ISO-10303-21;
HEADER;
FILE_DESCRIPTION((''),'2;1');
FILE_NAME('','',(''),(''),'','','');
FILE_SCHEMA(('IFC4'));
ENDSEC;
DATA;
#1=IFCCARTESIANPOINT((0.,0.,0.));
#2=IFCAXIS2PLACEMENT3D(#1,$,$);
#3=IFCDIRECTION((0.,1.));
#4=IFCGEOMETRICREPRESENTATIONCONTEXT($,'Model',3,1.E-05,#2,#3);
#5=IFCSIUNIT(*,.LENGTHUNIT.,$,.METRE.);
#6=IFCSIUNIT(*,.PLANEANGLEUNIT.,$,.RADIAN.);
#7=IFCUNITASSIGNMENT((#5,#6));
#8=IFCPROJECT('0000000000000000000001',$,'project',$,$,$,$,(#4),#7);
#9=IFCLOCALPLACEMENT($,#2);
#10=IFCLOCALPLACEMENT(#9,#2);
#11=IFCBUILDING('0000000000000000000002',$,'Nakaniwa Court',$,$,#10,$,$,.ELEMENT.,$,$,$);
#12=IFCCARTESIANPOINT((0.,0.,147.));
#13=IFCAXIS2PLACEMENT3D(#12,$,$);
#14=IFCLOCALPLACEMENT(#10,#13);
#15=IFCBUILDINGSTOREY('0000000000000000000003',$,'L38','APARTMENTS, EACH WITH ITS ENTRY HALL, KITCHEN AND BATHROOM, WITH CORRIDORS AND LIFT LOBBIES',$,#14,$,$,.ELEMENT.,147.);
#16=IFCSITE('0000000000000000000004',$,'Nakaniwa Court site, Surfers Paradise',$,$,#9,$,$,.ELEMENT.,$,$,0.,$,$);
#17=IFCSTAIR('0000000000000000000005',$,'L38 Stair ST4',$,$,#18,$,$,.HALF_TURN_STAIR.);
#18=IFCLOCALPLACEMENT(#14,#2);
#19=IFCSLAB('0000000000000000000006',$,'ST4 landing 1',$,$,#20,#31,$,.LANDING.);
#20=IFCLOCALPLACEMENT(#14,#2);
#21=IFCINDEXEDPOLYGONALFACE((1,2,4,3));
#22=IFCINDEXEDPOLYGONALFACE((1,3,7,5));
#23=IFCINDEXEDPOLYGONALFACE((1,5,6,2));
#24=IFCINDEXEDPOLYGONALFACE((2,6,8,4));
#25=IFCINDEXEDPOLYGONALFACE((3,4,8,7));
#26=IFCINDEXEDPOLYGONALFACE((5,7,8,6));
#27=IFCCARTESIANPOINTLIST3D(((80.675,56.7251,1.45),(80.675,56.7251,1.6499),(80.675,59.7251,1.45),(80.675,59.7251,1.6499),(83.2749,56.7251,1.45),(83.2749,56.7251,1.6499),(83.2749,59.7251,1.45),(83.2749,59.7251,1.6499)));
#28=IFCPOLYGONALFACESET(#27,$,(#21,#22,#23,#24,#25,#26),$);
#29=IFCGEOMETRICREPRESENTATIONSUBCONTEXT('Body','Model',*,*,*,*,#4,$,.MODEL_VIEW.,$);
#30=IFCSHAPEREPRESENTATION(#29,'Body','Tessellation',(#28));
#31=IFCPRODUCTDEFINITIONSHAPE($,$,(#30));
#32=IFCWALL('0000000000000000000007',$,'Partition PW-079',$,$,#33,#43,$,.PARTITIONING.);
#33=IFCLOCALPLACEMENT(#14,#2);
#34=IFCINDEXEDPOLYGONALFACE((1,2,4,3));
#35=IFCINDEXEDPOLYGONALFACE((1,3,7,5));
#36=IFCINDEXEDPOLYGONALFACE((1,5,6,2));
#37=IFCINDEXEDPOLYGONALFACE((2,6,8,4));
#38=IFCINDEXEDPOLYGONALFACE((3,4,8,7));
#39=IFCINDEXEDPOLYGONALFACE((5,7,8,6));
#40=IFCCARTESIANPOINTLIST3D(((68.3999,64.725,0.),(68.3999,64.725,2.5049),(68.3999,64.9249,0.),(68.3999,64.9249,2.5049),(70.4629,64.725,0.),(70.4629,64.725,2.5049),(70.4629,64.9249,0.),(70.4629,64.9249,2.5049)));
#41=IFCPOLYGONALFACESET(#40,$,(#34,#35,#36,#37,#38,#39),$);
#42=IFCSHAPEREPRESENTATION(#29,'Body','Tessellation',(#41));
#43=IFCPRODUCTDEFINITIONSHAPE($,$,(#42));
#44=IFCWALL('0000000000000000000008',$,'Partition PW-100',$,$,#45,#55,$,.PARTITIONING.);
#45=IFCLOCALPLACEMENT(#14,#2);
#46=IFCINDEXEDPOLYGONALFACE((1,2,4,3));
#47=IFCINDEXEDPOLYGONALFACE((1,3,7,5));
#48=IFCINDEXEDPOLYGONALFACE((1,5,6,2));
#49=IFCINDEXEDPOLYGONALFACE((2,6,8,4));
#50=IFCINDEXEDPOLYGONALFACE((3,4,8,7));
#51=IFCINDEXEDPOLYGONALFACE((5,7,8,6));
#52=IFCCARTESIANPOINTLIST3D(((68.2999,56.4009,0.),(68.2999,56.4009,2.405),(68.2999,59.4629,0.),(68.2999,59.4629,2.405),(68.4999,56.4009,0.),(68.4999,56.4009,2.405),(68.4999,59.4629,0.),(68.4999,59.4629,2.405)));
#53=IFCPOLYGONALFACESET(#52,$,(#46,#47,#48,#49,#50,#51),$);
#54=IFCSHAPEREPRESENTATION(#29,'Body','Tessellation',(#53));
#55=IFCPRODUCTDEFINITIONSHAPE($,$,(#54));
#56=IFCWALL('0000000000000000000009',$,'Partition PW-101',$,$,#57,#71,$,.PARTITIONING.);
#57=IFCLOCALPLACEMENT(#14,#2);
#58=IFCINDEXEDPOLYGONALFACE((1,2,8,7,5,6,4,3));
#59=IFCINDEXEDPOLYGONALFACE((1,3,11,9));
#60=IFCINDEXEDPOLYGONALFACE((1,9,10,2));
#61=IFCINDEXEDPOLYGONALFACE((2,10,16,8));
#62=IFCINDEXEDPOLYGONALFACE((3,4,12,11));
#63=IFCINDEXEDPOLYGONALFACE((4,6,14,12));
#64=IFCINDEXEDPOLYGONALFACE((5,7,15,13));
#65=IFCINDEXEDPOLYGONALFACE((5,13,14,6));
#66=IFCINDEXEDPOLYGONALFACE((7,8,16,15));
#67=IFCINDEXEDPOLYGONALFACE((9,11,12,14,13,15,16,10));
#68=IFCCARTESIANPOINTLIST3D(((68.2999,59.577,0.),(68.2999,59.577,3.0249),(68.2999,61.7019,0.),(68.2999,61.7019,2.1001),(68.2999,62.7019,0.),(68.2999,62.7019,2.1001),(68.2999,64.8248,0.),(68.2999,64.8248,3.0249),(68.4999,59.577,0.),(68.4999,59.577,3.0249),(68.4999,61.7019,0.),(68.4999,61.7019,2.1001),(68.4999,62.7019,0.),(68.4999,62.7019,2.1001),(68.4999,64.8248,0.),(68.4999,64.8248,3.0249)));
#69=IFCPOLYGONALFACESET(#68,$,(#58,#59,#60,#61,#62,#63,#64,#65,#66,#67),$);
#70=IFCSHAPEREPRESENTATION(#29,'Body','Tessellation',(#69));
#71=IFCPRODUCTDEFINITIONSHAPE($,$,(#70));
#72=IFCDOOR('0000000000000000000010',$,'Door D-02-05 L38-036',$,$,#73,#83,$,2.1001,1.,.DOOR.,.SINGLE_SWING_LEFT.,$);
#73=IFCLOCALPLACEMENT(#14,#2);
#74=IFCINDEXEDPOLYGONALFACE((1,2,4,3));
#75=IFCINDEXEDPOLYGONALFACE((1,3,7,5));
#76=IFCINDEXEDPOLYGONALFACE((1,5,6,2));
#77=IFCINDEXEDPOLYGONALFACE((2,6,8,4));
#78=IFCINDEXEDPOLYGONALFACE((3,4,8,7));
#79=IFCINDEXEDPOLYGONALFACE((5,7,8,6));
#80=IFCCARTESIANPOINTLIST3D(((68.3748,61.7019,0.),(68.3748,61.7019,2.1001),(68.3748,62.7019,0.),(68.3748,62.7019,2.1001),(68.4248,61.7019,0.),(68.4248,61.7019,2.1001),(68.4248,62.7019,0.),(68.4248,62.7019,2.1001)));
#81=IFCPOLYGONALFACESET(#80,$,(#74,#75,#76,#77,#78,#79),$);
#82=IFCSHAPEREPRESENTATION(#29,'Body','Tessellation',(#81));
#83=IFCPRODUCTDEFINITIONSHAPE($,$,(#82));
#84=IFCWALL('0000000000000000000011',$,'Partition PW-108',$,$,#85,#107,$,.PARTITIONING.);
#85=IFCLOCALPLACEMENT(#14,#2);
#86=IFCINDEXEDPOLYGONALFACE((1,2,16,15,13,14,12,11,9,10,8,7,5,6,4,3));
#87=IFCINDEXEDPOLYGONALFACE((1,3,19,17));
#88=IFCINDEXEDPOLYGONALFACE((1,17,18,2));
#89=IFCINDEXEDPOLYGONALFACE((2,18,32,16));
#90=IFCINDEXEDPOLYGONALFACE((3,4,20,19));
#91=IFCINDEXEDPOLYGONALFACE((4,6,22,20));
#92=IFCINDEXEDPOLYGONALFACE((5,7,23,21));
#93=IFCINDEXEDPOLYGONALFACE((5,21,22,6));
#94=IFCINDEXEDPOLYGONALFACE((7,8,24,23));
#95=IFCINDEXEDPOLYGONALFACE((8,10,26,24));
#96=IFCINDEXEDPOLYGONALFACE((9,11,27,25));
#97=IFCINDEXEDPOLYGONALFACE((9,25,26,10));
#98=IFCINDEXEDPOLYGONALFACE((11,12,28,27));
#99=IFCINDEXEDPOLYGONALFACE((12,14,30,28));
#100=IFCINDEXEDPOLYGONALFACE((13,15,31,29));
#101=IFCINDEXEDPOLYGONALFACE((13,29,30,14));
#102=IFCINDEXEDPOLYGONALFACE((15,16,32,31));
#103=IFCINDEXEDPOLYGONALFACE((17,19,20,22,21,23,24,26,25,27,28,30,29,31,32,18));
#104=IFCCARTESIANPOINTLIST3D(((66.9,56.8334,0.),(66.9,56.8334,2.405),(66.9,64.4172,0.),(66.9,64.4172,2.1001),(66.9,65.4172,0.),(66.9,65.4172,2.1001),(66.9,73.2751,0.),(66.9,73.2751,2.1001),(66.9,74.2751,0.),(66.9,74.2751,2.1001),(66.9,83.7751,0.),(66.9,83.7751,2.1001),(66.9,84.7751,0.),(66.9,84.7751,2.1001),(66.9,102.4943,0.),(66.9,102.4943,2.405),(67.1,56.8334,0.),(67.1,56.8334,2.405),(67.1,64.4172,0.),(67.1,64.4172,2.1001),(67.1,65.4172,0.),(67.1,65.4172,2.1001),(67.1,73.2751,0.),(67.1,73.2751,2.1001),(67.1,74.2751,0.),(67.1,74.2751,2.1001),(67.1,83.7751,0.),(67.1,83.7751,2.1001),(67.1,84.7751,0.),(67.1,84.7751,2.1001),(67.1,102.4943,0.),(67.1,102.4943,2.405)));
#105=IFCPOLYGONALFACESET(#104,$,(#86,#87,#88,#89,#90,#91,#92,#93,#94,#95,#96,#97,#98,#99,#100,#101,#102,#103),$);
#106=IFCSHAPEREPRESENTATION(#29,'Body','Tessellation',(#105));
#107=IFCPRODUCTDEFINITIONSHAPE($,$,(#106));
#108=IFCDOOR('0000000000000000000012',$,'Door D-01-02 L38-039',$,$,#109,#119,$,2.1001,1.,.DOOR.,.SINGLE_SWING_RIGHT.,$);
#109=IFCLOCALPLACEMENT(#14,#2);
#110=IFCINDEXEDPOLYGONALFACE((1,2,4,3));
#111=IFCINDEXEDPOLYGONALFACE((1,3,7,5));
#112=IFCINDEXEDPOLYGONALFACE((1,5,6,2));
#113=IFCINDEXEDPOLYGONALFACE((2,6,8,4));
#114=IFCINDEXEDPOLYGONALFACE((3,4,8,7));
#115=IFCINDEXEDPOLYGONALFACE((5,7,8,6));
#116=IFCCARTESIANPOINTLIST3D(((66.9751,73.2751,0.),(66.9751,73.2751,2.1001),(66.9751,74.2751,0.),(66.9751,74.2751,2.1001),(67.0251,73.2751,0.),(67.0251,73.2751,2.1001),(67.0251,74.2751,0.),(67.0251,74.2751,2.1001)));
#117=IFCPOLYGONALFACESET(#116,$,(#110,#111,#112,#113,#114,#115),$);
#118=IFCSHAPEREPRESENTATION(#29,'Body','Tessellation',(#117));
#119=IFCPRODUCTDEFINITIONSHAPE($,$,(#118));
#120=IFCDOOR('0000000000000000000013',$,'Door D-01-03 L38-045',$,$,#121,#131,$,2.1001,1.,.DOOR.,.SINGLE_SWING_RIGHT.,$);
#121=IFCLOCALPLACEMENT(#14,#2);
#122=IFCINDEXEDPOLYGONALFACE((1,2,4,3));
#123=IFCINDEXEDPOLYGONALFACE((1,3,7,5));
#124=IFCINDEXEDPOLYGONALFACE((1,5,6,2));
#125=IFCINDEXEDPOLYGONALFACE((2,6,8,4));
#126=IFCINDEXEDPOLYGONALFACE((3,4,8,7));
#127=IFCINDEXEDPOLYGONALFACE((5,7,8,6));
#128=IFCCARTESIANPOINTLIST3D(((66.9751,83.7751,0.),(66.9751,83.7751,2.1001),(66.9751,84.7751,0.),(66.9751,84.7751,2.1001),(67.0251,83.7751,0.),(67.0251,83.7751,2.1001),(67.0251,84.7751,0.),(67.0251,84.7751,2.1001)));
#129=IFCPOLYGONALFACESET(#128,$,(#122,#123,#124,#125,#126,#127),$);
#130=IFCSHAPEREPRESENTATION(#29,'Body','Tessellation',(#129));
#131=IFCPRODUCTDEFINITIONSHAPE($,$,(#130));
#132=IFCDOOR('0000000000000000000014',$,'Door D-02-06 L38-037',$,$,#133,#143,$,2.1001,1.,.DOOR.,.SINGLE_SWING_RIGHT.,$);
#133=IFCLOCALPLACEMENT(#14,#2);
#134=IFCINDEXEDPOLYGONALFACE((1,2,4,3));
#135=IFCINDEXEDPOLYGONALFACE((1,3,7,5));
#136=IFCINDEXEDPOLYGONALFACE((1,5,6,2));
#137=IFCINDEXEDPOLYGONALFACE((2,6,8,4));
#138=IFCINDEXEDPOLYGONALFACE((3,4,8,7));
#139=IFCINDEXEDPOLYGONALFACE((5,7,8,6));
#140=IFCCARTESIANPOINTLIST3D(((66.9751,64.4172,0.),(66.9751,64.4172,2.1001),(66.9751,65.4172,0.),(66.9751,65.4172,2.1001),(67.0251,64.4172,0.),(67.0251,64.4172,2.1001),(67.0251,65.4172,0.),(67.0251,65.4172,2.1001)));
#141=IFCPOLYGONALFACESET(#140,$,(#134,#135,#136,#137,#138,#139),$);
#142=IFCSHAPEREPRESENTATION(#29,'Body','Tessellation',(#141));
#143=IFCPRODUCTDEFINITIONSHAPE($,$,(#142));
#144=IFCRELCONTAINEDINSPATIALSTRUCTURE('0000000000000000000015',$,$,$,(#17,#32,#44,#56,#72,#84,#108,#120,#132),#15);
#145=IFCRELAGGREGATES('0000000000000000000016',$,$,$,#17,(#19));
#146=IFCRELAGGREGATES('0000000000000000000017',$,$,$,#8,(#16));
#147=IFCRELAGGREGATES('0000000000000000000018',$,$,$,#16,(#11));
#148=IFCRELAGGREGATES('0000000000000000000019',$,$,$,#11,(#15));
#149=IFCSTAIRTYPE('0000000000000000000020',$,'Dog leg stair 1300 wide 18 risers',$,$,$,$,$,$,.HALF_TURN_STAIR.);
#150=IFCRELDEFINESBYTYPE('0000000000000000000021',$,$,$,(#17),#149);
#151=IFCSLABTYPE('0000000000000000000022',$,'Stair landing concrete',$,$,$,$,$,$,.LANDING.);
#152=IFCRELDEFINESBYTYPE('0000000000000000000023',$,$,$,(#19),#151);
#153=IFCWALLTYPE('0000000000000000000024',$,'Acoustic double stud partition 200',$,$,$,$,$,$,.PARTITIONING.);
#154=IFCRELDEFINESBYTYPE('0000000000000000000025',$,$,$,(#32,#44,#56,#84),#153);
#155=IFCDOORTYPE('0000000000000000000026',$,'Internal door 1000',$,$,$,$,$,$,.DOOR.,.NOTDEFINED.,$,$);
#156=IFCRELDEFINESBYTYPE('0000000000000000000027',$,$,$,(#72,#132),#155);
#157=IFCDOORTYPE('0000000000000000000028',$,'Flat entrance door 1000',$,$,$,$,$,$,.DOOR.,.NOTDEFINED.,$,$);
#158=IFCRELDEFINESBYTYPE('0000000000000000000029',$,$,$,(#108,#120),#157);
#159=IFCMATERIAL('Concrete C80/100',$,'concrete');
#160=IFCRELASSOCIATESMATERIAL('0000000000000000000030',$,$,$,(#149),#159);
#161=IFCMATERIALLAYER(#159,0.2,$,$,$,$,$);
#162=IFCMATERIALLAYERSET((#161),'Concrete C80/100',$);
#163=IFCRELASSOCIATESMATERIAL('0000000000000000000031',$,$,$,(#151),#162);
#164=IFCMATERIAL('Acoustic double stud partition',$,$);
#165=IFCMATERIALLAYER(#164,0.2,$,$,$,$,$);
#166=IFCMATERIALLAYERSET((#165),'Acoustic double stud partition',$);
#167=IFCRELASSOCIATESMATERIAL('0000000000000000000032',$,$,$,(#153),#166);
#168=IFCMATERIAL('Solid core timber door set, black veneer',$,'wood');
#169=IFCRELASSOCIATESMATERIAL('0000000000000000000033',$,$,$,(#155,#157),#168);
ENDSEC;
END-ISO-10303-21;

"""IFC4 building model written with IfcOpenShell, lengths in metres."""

from ifc_helpers import new_model, si_unit, direction, frame, frame_2d, origin, place, context, subcontext, project, spatial, polyline, rectangle, outline, extrude, material, layer, layer_set, type_object, element, fill, aggregate, save


model = new_model("IFC4")

# Units and contexts
model_context = context("Model", 3, precision=1e-05, world=origin(), true_north=direction((0.0, 1.0)))
body_context = subcontext(model_context, "Body", "Model", "MODEL_VIEW")
ifc_project = project(units=[si_unit("LENGTHUNIT", "METRE"), si_unit("PLANEANGLEUNIT", "RADIAN")], contexts=[model_context])

# Site, building, storey
site_placement = place(None, origin())
site = spatial("IfcSite", under=ifc_project, at=site_placement, Name="Nakaniwa Court site, Surfers Paradise", CompositionType="ELEMENT", RefElevation=0.0)
building_placement = place(site_placement, origin())
building = spatial("IfcBuilding", under=site, at=building_placement, Name="Nakaniwa Court", CompositionType="ELEMENT")
storey_placement = place(building_placement, frame((0.0, 0.0, 147.0)))
storey = spatial("IfcBuildingStorey", under=building, at=storey_placement, Name="L38", Description="APARTMENTS, EACH WITH ITS ENTRY HALL, KITCHEN AND BATHROOM, WITH CORRIDORS AND LIFT LOBBIES", CompositionType="ELEMENT", Elevation=147.0)

# Shared definitions
ifc_material_1 = material(Name="Concrete C80/100", Category="concrete")

# Stair, slab
stair_type = type_object("IfcStairType", Name="Dog leg stair 1300 wide 18 risers", PredefinedType="HALF_TURN_STAIR", material=ifc_material_1)
ifc_layer_1 = layer(ifc_material_1, 0.2)
ifc_layer_set_1 = layer_set([ifc_layer_1], Name="Concrete C80/100")
slab_type_1 = type_object("IfcSlabType", Name="Stair landing concrete", PredefinedType="LANDING", material=ifc_layer_set_1)
stair_1_placement = place(storey_placement, origin())
stair_1 = element("IfcStair", 1, at=stair_1_placement, inside=storey, type_object=stair_type, Name="L38 Stair ST4", PredefinedType="HALF_TURN_STAIR")
slab_1_placement = place(storey_placement, frame((0.0, 0.0, 1.45)))
slab_1 = element("IfcSlab", 2, at=slab_1_placement, type_object=slab_type_1, Name="ST4 landing 1", PredefinedType="LANDING", context=body_context, shape_type="SweptSolid", body=[
    extrude(outline(polyline([(83.2749, 56.7251), (83.2749, 59.7251), (80.675, 59.7251), (80.675, 56.7251), (83.2749, 56.7251)])), origin(), (0.0, 0.0, 1.0), 0.2),
])
aggregate(stair_1, [slab_1])

# Walls
ifc_material_2 = material(Name="Acoustic double stud partition")
ifc_layer_2 = layer(ifc_material_2, 0.2)
ifc_layer_set_2 = layer_set([ifc_layer_2], Name="Acoustic double stud partition")
wall_type_1 = type_object("IfcWallType", Name="Acoustic double stud partition 200", PredefinedType="PARTITIONING", material=ifc_layer_set_2)
wall_1_placement = place(storey_placement, frame((68.3999, 64.825, 0.0), z_axis=(0.0, 0.0, 1.0), x_axis=(1.0, 0.0, 0.0)))
element("IfcWall", 3, at=wall_1_placement, inside=storey, type_object=wall_type_1, Name="Partition PW-079", PredefinedType="PARTITIONING", context=body_context, shape_type="SweptSolid", body=[
    extrude(rectangle(XDim=2.063, YDim=0.2, at=frame_2d((1.0315, 0.0))), origin(), (0.0, 0.0, 1.0), 2.5049),
])
wall_2_placement = place(storey_placement, frame((68.3999, 56.4009, 0.0), z_axis=(0.0, 0.0, 1.0), x_axis=(0.0, 1.0, 0.0)))
element("IfcWall", 4, at=wall_2_placement, inside=storey, type_object=wall_type_1, Name="Partition PW-100", PredefinedType="PARTITIONING", context=body_context, shape_type="SweptSolid", body=[
    extrude(rectangle(XDim=3.062, YDim=0.2, at=frame_2d((1.531, 0.0))), origin(), (0.0, 0.0, 1.0), 2.405),
])

# Wall, opening, door
wall_3_placement = place(storey_placement, frame((68.3999, 64.825, 0.0), z_axis=(0.0, 0.0, 1.0), x_axis=(0.0, -1.0, 0.0)))
wall_3 = element("IfcWall", 5, at=wall_3_placement, inside=storey, type_object=wall_type_1, Name="Partition PW-101", PredefinedType="PARTITIONING", context=body_context, shape_type="SweptSolid", body=[
    extrude(rectangle(XDim=5.2478, YDim=0.2, at=frame_2d((2.624, 0.0))), origin(), (0.0, 0.0, 1.0), 3.0249),
])
opening_1_placement = place(wall_3_placement, frame((2.123, 0.0, 0.0)))
opening_1 = element("IfcOpeningElement", 6, at=opening_1_placement, cuts=wall_3, PredefinedType="OPENING", context=body_context, shape_type="SweptSolid", body=[
    extrude(rectangle(XDim=1.0, YDim=2.1001, at=frame_2d((0.5, 1.05))), frame((0.0, 0.1099, 0.0), z_axis=(0.0, -1.0, 0.0), x_axis=(1.0, 0.0, 0.0)), (0.0, 0.0, 1.0), 0.22),
])
ifc_material_3 = material(Name="Solid core timber door set, black veneer", Category="wood")
door_type_1 = type_object("IfcDoorType", Name="Internal door 1000", OperationType="NOTDEFINED", PredefinedType="DOOR", material=ifc_material_3)
door_1_placement = place(opening_1_placement, origin())
door_1 = element("IfcDoor", 7, at=door_1_placement, inside=storey, type_object=door_type_1, Name="Door D-02-05 L38-036", OperationType="SINGLE_SWING_LEFT", OverallHeight=2.1001, OverallWidth=1.0, PredefinedType="DOOR", context=body_context, shape_type="SweptSolid", body=[
    extrude(rectangle(XDim=1.0, YDim=2.1001, at=frame_2d((0.5, 1.05))), frame((0.0, 0.0249, 0.0), z_axis=(0.0, -1.0, 0.0), x_axis=(1.0, 0.0, 0.0)), (0.0, 0.0, 1.0), 0.05),
])
fill(opening_1, door_1)

# Wall, openings, doors
wall_4_placement = place(storey_placement, frame((67.0, 56.8333, 0.0), z_axis=(0.0, 0.0, 1.0), x_axis=(0.0, 1.0, 0.0)))
wall_4 = element("IfcWall", 8, at=wall_4_placement, inside=storey, type_object=wall_type_1, Name="Partition PW-108", PredefinedType="PARTITIONING", context=body_context, shape_type="SweptSolid", body=[
    extrude(rectangle(XDim=45.6609, YDim=0.2, at=frame_2d((22.8306, 0.0))), origin(), (0.0, 0.0, 1.0), 2.405),
])
opening_2_placement = place(wall_4_placement, frame((7.584, 0.0, 0.0)))
opening_2 = element("IfcOpeningElement", 9, at=opening_2_placement, cuts=wall_4, PredefinedType="OPENING", context=body_context, shape_type="SweptSolid", body=[
    extrude(rectangle(XDim=1.0, YDim=2.1001, at=frame_2d((0.5, 1.05))), frame((0.0, 0.1099, 0.0), z_axis=(0.0, -1.0, 0.0), x_axis=(1.0, 0.0, 0.0)), (0.0, 0.0, 1.0), 0.22),
])
opening_3_placement = place(wall_4_placement, frame((16.4419, 0.0, 0.0)))
opening_3 = element("IfcOpeningElement", 10, at=opening_3_placement, cuts=wall_4, PredefinedType="OPENING", context=body_context, shape_type="SweptSolid", body=[
    extrude(rectangle(XDim=1.0, YDim=2.1001, at=frame_2d((0.5, 1.05))), frame((0.0, 0.1099, 0.0), z_axis=(0.0, -1.0, 0.0), x_axis=(1.0, 0.0, 0.0)), (0.0, 0.0, 1.0), 0.22),
])
opening_4_placement = place(wall_4_placement, frame((26.9419, 0.0, 0.0)))
opening_4 = element("IfcOpeningElement", 11, at=opening_4_placement, cuts=wall_4, PredefinedType="OPENING", context=body_context, shape_type="SweptSolid", body=[
    extrude(rectangle(XDim=1.0, YDim=2.1001, at=frame_2d((0.5, 1.05))), frame((0.0, 0.1099, 0.0), z_axis=(0.0, -1.0, 0.0), x_axis=(1.0, 0.0, 0.0)), (0.0, 0.0, 1.0), 0.22),
])
door_type_2 = type_object("IfcDoorType", Name="Flat entrance door 1000", OperationType="NOTDEFINED", PredefinedType="DOOR", material=ifc_material_3)
door_2_placement = place(opening_3_placement, origin())
door_2 = element("IfcDoor", 12, at=door_2_placement, inside=storey, type_object=door_type_2, Name="Door D-01-02 L38-039", OperationType="SINGLE_SWING_RIGHT", OverallHeight=2.1001, OverallWidth=1.0, PredefinedType="DOOR", context=body_context, shape_type="SweptSolid", body=[
    extrude(rectangle(XDim=1.0, YDim=2.1001, at=frame_2d((0.5, 1.05))), frame((0.0, 0.0249, 0.0), z_axis=(0.0, -1.0, 0.0), x_axis=(1.0, 0.0, 0.0)), (0.0, 0.0, 1.0), 0.05),
])
fill(opening_3, door_2)
door_3_placement = place(opening_4_placement, origin())
door_3 = element("IfcDoor", 13, at=door_3_placement, inside=storey, type_object=door_type_2, Name="Door D-01-03 L38-045", OperationType="SINGLE_SWING_RIGHT", OverallHeight=2.1001, OverallWidth=1.0, PredefinedType="DOOR", context=body_context, shape_type="SweptSolid", body=[
    extrude(rectangle(XDim=1.0, YDim=2.1001, at=frame_2d((0.5, 1.05))), frame((0.0, 0.0249, 0.0), z_axis=(0.0, -1.0, 0.0), x_axis=(1.0, 0.0, 0.0)), (0.0, 0.0, 1.0), 0.05),
])
fill(opening_4, door_3)
door_4_placement = place(opening_2_placement, origin())
door_4 = element("IfcDoor", 14, at=door_4_placement, inside=storey, type_object=door_type_1, Name="Door D-02-06 L38-037", OperationType="SINGLE_SWING_RIGHT", OverallHeight=2.1001, OverallWidth=1.0, PredefinedType="DOOR", context=body_context, shape_type="SweptSolid", body=[
    extrude(rectangle(XDim=1.0, YDim=2.1001, at=frame_2d((0.5, 1.05))), frame((0.0, 0.0249, 0.0), z_axis=(0.0, -1.0, 0.0), x_axis=(1.0, 0.0, 0.0)), (0.0, 0.0, 1.0), 0.05),
])
fill(opening_2, door_4)

save(model, "model.ifc")
